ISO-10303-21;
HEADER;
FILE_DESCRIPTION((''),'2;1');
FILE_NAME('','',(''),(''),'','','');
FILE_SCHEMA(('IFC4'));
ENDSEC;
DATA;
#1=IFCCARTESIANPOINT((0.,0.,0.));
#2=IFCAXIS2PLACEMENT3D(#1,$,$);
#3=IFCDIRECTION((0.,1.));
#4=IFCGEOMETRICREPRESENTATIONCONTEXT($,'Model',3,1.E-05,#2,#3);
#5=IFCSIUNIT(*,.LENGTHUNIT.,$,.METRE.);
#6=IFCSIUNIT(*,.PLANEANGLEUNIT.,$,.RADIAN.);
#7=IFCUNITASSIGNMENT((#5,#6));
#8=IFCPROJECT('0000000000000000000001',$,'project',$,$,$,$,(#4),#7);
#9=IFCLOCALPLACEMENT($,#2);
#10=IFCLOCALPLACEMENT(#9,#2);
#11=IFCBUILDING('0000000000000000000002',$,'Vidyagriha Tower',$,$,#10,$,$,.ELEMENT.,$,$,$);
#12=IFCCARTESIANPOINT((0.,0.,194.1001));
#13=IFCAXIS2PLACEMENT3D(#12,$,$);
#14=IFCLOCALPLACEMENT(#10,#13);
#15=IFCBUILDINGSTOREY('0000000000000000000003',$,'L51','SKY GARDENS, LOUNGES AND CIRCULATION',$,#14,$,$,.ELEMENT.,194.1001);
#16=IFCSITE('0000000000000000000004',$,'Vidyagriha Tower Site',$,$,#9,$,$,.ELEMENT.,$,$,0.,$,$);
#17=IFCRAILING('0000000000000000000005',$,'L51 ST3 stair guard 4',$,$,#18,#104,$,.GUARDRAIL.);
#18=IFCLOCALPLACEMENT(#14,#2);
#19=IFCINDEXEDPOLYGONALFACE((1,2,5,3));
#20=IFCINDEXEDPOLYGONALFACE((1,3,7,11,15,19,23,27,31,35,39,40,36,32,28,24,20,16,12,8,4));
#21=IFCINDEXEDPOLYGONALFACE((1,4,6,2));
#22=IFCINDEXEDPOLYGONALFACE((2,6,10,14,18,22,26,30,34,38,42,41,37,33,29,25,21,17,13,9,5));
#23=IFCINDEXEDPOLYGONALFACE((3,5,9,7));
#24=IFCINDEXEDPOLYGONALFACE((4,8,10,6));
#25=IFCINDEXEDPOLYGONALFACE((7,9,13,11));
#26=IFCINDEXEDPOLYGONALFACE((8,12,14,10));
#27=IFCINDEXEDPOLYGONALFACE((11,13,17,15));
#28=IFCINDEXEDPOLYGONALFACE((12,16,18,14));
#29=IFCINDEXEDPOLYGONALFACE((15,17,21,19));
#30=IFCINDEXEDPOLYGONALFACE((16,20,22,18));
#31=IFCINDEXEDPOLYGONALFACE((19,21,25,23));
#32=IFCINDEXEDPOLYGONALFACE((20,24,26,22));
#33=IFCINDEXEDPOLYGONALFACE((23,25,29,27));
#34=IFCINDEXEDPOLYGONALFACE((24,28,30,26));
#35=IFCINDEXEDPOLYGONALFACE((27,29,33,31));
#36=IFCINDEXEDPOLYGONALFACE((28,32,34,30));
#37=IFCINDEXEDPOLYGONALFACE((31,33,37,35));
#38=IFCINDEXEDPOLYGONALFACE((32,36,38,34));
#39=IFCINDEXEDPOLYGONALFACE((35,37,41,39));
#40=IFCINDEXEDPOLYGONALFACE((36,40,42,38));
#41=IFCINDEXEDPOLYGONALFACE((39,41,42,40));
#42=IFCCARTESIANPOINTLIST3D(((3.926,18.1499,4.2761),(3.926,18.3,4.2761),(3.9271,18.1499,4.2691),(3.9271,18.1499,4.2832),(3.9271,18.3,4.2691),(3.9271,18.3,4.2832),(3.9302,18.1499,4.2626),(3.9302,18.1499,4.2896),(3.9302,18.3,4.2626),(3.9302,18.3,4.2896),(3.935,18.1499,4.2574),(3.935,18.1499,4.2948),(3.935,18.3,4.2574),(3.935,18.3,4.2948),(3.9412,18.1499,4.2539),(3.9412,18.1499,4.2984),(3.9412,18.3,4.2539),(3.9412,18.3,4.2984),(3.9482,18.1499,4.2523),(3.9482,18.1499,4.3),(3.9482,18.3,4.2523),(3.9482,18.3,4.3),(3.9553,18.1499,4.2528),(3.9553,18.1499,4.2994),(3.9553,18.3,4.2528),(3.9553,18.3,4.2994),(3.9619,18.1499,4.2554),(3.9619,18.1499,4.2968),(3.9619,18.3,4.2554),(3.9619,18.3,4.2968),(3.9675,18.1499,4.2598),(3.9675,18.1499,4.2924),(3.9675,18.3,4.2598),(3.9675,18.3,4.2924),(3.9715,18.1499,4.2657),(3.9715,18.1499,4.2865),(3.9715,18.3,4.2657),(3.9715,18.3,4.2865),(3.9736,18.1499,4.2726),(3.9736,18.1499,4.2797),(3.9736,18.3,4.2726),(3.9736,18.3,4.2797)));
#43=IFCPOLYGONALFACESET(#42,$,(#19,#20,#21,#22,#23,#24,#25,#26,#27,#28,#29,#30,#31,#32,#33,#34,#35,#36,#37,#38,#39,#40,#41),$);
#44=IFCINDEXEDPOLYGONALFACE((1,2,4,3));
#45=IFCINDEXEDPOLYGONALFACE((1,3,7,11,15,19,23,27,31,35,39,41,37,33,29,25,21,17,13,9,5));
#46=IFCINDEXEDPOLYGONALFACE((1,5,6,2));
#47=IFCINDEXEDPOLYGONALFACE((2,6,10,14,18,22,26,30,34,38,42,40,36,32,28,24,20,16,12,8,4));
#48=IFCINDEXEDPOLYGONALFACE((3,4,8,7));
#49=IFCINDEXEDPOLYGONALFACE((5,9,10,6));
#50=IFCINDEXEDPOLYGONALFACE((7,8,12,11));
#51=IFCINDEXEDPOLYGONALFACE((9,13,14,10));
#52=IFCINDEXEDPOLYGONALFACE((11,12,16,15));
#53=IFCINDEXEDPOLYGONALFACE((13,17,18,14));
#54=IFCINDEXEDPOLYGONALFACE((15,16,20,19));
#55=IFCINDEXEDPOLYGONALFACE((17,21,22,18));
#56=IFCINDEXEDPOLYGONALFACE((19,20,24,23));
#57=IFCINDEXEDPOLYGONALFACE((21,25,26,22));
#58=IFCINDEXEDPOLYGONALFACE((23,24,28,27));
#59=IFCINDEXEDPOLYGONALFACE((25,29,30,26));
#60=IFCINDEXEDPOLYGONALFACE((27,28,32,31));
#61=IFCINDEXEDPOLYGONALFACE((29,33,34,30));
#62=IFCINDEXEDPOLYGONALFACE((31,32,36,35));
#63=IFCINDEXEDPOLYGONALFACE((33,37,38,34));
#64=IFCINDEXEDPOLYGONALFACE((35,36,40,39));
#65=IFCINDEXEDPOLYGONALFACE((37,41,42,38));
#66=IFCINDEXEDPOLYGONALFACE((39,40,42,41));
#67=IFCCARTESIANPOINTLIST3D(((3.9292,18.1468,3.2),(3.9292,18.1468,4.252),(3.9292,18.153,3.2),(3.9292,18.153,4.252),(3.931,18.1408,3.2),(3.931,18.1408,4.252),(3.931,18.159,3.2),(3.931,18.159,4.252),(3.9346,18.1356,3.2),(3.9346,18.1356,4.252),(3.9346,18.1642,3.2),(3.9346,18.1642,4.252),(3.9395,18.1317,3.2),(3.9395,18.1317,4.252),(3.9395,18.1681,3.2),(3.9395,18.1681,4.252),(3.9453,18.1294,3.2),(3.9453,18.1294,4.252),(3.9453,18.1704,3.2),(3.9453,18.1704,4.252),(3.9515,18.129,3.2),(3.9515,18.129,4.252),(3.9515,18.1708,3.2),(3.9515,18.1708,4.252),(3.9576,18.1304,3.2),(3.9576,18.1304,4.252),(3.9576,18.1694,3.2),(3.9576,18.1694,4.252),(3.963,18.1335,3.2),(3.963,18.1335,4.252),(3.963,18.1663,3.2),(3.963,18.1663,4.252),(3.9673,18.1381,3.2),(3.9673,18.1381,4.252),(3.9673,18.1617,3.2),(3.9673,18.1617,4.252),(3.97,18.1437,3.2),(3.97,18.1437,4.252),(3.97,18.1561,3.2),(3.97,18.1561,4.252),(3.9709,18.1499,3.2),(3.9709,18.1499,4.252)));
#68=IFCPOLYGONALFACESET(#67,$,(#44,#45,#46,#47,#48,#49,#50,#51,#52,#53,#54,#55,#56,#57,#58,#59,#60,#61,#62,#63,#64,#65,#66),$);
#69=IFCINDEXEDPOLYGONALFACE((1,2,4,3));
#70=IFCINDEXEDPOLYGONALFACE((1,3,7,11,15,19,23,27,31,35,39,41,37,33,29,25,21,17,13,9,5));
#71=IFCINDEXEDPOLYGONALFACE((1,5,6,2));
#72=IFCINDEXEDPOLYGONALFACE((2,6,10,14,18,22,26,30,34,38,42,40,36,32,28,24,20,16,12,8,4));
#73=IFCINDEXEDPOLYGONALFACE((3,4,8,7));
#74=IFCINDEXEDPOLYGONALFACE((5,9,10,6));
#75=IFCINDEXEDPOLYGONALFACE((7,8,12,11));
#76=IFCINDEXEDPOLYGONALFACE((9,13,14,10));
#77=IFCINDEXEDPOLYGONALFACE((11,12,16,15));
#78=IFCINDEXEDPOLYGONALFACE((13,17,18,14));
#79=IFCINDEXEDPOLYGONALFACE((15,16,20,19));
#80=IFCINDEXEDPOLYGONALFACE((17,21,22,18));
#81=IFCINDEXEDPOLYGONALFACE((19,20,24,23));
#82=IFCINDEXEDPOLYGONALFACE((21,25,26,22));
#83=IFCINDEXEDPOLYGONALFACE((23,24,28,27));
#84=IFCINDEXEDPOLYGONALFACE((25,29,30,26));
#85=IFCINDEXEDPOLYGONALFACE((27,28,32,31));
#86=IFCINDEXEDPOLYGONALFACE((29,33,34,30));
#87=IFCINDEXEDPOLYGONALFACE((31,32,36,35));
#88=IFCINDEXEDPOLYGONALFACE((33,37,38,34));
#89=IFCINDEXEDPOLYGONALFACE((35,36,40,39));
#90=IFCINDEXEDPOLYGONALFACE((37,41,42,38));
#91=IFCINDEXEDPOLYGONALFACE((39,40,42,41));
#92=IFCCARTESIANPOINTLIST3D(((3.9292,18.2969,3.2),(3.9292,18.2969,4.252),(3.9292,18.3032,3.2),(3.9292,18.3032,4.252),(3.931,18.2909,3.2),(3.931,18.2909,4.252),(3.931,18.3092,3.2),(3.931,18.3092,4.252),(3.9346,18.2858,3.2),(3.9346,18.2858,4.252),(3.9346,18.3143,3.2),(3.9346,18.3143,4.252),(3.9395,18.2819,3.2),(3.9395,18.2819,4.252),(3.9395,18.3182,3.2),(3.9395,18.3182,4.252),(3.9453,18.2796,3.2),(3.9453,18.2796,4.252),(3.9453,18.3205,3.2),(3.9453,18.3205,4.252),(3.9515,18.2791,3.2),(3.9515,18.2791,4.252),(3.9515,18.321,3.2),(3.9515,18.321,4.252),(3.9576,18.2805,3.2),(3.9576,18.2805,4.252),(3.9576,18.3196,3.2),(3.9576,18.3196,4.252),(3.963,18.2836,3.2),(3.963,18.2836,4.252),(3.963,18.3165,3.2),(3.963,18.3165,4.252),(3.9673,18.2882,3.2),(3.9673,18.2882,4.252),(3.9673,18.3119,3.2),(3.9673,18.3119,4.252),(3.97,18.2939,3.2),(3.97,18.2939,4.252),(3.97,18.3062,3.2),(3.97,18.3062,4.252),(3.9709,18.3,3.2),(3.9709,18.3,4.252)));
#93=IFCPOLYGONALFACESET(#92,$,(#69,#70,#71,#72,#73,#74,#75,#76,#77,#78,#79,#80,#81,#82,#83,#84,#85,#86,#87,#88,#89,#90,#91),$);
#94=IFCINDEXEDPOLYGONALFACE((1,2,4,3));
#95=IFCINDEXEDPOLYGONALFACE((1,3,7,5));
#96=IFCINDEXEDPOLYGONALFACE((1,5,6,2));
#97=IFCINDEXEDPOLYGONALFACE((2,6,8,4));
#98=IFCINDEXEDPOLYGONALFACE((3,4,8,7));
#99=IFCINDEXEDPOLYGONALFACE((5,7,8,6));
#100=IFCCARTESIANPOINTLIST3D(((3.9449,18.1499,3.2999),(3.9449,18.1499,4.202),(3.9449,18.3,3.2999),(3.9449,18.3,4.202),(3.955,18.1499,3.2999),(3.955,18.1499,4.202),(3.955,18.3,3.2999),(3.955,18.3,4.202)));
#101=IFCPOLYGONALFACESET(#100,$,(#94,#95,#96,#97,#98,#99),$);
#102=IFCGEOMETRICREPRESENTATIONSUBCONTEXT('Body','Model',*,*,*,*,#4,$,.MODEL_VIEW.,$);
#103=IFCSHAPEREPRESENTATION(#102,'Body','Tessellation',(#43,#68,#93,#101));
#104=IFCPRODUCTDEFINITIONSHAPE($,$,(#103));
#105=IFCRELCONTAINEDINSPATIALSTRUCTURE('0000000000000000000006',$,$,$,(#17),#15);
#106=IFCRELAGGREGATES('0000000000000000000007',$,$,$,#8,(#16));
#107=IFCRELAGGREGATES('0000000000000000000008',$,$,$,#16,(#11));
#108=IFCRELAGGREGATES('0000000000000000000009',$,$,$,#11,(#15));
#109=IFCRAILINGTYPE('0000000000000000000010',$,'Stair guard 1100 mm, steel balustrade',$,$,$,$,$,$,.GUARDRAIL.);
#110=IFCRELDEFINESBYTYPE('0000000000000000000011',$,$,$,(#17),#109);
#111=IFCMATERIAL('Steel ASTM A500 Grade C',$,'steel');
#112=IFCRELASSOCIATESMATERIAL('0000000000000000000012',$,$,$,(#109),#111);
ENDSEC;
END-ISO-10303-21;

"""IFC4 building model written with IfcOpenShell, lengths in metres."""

from ifc_helpers import new_model, si_unit, direction, frame, origin, origin_2d, place, context, subcontext, project, spatial, rectangle, circle, extrude, material, type_object, element, save


model = new_model("IFC4")

# Units and contexts
model_context = context("Model", 3, precision=1e-05, world=origin(), true_north=direction((0.0, 1.0)))
body_context = subcontext(model_context, "Body", "Model", "MODEL_VIEW")
ifc_project = project(units=[si_unit("LENGTHUNIT", "METRE"), si_unit("PLANEANGLEUNIT", "RADIAN")], contexts=[model_context])

# Site, building, storey
site_placement = place(None, origin())
site = spatial("IfcSite", under=ifc_project, at=site_placement, Name="Vidyagriha Tower Site", CompositionType="ELEMENT", RefElevation=0.0)
building_placement = place(site_placement, origin())
building = spatial("IfcBuilding", under=site, at=building_placement, Name="Vidyagriha Tower", CompositionType="ELEMENT")
storey_placement = place(building_placement, frame((0.0, 0.0, 194.1001)))
storey = spatial("IfcBuildingStorey", under=building, at=storey_placement, Name="L51", Description="SKY GARDENS, LOUNGES AND CIRCULATION", CompositionType="ELEMENT", Elevation=194.1001)

# Railing
ifc_material_1 = material(Name="Steel ASTM A500 Grade C", Category="steel")
railing_type_1 = type_object("IfcRailingType", Name="Stair guard 1100 mm, steel balustrade", PredefinedType="GUARDRAIL", material=ifc_material_1)
railing_1_placement = place(storey_placement, frame((3.95, 18.1499, 3.2)))
element("IfcRailing", 1, at=railing_1_placement, inside=storey, type_object=railing_type_1, Name="L51 ST3 stair guard 4", PredefinedType="GUARDRAIL", context=body_context, shape_type="SweptSolid", body=[
    extrude(circle(Radius=0.0239, at=origin_2d()), frame((0.0, 0.0, 1.0762), z_axis=(0.0, 1.0, 0.0), x_axis=(-1.0, 0.0, 0.0)), (0.0, 0.0, 1.0), 0.1501),
    extrude(circle(Radius=0.021, at=origin_2d()), origin(), (0.0, 0.0, 1.0), 1.052),
    extrude(circle(Radius=0.021, at=origin_2d()), frame((0.0, 0.1501, 0.0)), (0.0, 0.0, 1.0), 1.052),
    extrude(rectangle(XDim=0.01, YDim=0.9021, at=origin_2d()), frame((0.0, 0.0, 0.551), z_axis=(0.0, 1.0, 0.0), x_axis=(-1.0, 0.0, 0.0)), (0.0, 0.0, 1.0), 0.1501),
])

save(model, "model.ifc")
